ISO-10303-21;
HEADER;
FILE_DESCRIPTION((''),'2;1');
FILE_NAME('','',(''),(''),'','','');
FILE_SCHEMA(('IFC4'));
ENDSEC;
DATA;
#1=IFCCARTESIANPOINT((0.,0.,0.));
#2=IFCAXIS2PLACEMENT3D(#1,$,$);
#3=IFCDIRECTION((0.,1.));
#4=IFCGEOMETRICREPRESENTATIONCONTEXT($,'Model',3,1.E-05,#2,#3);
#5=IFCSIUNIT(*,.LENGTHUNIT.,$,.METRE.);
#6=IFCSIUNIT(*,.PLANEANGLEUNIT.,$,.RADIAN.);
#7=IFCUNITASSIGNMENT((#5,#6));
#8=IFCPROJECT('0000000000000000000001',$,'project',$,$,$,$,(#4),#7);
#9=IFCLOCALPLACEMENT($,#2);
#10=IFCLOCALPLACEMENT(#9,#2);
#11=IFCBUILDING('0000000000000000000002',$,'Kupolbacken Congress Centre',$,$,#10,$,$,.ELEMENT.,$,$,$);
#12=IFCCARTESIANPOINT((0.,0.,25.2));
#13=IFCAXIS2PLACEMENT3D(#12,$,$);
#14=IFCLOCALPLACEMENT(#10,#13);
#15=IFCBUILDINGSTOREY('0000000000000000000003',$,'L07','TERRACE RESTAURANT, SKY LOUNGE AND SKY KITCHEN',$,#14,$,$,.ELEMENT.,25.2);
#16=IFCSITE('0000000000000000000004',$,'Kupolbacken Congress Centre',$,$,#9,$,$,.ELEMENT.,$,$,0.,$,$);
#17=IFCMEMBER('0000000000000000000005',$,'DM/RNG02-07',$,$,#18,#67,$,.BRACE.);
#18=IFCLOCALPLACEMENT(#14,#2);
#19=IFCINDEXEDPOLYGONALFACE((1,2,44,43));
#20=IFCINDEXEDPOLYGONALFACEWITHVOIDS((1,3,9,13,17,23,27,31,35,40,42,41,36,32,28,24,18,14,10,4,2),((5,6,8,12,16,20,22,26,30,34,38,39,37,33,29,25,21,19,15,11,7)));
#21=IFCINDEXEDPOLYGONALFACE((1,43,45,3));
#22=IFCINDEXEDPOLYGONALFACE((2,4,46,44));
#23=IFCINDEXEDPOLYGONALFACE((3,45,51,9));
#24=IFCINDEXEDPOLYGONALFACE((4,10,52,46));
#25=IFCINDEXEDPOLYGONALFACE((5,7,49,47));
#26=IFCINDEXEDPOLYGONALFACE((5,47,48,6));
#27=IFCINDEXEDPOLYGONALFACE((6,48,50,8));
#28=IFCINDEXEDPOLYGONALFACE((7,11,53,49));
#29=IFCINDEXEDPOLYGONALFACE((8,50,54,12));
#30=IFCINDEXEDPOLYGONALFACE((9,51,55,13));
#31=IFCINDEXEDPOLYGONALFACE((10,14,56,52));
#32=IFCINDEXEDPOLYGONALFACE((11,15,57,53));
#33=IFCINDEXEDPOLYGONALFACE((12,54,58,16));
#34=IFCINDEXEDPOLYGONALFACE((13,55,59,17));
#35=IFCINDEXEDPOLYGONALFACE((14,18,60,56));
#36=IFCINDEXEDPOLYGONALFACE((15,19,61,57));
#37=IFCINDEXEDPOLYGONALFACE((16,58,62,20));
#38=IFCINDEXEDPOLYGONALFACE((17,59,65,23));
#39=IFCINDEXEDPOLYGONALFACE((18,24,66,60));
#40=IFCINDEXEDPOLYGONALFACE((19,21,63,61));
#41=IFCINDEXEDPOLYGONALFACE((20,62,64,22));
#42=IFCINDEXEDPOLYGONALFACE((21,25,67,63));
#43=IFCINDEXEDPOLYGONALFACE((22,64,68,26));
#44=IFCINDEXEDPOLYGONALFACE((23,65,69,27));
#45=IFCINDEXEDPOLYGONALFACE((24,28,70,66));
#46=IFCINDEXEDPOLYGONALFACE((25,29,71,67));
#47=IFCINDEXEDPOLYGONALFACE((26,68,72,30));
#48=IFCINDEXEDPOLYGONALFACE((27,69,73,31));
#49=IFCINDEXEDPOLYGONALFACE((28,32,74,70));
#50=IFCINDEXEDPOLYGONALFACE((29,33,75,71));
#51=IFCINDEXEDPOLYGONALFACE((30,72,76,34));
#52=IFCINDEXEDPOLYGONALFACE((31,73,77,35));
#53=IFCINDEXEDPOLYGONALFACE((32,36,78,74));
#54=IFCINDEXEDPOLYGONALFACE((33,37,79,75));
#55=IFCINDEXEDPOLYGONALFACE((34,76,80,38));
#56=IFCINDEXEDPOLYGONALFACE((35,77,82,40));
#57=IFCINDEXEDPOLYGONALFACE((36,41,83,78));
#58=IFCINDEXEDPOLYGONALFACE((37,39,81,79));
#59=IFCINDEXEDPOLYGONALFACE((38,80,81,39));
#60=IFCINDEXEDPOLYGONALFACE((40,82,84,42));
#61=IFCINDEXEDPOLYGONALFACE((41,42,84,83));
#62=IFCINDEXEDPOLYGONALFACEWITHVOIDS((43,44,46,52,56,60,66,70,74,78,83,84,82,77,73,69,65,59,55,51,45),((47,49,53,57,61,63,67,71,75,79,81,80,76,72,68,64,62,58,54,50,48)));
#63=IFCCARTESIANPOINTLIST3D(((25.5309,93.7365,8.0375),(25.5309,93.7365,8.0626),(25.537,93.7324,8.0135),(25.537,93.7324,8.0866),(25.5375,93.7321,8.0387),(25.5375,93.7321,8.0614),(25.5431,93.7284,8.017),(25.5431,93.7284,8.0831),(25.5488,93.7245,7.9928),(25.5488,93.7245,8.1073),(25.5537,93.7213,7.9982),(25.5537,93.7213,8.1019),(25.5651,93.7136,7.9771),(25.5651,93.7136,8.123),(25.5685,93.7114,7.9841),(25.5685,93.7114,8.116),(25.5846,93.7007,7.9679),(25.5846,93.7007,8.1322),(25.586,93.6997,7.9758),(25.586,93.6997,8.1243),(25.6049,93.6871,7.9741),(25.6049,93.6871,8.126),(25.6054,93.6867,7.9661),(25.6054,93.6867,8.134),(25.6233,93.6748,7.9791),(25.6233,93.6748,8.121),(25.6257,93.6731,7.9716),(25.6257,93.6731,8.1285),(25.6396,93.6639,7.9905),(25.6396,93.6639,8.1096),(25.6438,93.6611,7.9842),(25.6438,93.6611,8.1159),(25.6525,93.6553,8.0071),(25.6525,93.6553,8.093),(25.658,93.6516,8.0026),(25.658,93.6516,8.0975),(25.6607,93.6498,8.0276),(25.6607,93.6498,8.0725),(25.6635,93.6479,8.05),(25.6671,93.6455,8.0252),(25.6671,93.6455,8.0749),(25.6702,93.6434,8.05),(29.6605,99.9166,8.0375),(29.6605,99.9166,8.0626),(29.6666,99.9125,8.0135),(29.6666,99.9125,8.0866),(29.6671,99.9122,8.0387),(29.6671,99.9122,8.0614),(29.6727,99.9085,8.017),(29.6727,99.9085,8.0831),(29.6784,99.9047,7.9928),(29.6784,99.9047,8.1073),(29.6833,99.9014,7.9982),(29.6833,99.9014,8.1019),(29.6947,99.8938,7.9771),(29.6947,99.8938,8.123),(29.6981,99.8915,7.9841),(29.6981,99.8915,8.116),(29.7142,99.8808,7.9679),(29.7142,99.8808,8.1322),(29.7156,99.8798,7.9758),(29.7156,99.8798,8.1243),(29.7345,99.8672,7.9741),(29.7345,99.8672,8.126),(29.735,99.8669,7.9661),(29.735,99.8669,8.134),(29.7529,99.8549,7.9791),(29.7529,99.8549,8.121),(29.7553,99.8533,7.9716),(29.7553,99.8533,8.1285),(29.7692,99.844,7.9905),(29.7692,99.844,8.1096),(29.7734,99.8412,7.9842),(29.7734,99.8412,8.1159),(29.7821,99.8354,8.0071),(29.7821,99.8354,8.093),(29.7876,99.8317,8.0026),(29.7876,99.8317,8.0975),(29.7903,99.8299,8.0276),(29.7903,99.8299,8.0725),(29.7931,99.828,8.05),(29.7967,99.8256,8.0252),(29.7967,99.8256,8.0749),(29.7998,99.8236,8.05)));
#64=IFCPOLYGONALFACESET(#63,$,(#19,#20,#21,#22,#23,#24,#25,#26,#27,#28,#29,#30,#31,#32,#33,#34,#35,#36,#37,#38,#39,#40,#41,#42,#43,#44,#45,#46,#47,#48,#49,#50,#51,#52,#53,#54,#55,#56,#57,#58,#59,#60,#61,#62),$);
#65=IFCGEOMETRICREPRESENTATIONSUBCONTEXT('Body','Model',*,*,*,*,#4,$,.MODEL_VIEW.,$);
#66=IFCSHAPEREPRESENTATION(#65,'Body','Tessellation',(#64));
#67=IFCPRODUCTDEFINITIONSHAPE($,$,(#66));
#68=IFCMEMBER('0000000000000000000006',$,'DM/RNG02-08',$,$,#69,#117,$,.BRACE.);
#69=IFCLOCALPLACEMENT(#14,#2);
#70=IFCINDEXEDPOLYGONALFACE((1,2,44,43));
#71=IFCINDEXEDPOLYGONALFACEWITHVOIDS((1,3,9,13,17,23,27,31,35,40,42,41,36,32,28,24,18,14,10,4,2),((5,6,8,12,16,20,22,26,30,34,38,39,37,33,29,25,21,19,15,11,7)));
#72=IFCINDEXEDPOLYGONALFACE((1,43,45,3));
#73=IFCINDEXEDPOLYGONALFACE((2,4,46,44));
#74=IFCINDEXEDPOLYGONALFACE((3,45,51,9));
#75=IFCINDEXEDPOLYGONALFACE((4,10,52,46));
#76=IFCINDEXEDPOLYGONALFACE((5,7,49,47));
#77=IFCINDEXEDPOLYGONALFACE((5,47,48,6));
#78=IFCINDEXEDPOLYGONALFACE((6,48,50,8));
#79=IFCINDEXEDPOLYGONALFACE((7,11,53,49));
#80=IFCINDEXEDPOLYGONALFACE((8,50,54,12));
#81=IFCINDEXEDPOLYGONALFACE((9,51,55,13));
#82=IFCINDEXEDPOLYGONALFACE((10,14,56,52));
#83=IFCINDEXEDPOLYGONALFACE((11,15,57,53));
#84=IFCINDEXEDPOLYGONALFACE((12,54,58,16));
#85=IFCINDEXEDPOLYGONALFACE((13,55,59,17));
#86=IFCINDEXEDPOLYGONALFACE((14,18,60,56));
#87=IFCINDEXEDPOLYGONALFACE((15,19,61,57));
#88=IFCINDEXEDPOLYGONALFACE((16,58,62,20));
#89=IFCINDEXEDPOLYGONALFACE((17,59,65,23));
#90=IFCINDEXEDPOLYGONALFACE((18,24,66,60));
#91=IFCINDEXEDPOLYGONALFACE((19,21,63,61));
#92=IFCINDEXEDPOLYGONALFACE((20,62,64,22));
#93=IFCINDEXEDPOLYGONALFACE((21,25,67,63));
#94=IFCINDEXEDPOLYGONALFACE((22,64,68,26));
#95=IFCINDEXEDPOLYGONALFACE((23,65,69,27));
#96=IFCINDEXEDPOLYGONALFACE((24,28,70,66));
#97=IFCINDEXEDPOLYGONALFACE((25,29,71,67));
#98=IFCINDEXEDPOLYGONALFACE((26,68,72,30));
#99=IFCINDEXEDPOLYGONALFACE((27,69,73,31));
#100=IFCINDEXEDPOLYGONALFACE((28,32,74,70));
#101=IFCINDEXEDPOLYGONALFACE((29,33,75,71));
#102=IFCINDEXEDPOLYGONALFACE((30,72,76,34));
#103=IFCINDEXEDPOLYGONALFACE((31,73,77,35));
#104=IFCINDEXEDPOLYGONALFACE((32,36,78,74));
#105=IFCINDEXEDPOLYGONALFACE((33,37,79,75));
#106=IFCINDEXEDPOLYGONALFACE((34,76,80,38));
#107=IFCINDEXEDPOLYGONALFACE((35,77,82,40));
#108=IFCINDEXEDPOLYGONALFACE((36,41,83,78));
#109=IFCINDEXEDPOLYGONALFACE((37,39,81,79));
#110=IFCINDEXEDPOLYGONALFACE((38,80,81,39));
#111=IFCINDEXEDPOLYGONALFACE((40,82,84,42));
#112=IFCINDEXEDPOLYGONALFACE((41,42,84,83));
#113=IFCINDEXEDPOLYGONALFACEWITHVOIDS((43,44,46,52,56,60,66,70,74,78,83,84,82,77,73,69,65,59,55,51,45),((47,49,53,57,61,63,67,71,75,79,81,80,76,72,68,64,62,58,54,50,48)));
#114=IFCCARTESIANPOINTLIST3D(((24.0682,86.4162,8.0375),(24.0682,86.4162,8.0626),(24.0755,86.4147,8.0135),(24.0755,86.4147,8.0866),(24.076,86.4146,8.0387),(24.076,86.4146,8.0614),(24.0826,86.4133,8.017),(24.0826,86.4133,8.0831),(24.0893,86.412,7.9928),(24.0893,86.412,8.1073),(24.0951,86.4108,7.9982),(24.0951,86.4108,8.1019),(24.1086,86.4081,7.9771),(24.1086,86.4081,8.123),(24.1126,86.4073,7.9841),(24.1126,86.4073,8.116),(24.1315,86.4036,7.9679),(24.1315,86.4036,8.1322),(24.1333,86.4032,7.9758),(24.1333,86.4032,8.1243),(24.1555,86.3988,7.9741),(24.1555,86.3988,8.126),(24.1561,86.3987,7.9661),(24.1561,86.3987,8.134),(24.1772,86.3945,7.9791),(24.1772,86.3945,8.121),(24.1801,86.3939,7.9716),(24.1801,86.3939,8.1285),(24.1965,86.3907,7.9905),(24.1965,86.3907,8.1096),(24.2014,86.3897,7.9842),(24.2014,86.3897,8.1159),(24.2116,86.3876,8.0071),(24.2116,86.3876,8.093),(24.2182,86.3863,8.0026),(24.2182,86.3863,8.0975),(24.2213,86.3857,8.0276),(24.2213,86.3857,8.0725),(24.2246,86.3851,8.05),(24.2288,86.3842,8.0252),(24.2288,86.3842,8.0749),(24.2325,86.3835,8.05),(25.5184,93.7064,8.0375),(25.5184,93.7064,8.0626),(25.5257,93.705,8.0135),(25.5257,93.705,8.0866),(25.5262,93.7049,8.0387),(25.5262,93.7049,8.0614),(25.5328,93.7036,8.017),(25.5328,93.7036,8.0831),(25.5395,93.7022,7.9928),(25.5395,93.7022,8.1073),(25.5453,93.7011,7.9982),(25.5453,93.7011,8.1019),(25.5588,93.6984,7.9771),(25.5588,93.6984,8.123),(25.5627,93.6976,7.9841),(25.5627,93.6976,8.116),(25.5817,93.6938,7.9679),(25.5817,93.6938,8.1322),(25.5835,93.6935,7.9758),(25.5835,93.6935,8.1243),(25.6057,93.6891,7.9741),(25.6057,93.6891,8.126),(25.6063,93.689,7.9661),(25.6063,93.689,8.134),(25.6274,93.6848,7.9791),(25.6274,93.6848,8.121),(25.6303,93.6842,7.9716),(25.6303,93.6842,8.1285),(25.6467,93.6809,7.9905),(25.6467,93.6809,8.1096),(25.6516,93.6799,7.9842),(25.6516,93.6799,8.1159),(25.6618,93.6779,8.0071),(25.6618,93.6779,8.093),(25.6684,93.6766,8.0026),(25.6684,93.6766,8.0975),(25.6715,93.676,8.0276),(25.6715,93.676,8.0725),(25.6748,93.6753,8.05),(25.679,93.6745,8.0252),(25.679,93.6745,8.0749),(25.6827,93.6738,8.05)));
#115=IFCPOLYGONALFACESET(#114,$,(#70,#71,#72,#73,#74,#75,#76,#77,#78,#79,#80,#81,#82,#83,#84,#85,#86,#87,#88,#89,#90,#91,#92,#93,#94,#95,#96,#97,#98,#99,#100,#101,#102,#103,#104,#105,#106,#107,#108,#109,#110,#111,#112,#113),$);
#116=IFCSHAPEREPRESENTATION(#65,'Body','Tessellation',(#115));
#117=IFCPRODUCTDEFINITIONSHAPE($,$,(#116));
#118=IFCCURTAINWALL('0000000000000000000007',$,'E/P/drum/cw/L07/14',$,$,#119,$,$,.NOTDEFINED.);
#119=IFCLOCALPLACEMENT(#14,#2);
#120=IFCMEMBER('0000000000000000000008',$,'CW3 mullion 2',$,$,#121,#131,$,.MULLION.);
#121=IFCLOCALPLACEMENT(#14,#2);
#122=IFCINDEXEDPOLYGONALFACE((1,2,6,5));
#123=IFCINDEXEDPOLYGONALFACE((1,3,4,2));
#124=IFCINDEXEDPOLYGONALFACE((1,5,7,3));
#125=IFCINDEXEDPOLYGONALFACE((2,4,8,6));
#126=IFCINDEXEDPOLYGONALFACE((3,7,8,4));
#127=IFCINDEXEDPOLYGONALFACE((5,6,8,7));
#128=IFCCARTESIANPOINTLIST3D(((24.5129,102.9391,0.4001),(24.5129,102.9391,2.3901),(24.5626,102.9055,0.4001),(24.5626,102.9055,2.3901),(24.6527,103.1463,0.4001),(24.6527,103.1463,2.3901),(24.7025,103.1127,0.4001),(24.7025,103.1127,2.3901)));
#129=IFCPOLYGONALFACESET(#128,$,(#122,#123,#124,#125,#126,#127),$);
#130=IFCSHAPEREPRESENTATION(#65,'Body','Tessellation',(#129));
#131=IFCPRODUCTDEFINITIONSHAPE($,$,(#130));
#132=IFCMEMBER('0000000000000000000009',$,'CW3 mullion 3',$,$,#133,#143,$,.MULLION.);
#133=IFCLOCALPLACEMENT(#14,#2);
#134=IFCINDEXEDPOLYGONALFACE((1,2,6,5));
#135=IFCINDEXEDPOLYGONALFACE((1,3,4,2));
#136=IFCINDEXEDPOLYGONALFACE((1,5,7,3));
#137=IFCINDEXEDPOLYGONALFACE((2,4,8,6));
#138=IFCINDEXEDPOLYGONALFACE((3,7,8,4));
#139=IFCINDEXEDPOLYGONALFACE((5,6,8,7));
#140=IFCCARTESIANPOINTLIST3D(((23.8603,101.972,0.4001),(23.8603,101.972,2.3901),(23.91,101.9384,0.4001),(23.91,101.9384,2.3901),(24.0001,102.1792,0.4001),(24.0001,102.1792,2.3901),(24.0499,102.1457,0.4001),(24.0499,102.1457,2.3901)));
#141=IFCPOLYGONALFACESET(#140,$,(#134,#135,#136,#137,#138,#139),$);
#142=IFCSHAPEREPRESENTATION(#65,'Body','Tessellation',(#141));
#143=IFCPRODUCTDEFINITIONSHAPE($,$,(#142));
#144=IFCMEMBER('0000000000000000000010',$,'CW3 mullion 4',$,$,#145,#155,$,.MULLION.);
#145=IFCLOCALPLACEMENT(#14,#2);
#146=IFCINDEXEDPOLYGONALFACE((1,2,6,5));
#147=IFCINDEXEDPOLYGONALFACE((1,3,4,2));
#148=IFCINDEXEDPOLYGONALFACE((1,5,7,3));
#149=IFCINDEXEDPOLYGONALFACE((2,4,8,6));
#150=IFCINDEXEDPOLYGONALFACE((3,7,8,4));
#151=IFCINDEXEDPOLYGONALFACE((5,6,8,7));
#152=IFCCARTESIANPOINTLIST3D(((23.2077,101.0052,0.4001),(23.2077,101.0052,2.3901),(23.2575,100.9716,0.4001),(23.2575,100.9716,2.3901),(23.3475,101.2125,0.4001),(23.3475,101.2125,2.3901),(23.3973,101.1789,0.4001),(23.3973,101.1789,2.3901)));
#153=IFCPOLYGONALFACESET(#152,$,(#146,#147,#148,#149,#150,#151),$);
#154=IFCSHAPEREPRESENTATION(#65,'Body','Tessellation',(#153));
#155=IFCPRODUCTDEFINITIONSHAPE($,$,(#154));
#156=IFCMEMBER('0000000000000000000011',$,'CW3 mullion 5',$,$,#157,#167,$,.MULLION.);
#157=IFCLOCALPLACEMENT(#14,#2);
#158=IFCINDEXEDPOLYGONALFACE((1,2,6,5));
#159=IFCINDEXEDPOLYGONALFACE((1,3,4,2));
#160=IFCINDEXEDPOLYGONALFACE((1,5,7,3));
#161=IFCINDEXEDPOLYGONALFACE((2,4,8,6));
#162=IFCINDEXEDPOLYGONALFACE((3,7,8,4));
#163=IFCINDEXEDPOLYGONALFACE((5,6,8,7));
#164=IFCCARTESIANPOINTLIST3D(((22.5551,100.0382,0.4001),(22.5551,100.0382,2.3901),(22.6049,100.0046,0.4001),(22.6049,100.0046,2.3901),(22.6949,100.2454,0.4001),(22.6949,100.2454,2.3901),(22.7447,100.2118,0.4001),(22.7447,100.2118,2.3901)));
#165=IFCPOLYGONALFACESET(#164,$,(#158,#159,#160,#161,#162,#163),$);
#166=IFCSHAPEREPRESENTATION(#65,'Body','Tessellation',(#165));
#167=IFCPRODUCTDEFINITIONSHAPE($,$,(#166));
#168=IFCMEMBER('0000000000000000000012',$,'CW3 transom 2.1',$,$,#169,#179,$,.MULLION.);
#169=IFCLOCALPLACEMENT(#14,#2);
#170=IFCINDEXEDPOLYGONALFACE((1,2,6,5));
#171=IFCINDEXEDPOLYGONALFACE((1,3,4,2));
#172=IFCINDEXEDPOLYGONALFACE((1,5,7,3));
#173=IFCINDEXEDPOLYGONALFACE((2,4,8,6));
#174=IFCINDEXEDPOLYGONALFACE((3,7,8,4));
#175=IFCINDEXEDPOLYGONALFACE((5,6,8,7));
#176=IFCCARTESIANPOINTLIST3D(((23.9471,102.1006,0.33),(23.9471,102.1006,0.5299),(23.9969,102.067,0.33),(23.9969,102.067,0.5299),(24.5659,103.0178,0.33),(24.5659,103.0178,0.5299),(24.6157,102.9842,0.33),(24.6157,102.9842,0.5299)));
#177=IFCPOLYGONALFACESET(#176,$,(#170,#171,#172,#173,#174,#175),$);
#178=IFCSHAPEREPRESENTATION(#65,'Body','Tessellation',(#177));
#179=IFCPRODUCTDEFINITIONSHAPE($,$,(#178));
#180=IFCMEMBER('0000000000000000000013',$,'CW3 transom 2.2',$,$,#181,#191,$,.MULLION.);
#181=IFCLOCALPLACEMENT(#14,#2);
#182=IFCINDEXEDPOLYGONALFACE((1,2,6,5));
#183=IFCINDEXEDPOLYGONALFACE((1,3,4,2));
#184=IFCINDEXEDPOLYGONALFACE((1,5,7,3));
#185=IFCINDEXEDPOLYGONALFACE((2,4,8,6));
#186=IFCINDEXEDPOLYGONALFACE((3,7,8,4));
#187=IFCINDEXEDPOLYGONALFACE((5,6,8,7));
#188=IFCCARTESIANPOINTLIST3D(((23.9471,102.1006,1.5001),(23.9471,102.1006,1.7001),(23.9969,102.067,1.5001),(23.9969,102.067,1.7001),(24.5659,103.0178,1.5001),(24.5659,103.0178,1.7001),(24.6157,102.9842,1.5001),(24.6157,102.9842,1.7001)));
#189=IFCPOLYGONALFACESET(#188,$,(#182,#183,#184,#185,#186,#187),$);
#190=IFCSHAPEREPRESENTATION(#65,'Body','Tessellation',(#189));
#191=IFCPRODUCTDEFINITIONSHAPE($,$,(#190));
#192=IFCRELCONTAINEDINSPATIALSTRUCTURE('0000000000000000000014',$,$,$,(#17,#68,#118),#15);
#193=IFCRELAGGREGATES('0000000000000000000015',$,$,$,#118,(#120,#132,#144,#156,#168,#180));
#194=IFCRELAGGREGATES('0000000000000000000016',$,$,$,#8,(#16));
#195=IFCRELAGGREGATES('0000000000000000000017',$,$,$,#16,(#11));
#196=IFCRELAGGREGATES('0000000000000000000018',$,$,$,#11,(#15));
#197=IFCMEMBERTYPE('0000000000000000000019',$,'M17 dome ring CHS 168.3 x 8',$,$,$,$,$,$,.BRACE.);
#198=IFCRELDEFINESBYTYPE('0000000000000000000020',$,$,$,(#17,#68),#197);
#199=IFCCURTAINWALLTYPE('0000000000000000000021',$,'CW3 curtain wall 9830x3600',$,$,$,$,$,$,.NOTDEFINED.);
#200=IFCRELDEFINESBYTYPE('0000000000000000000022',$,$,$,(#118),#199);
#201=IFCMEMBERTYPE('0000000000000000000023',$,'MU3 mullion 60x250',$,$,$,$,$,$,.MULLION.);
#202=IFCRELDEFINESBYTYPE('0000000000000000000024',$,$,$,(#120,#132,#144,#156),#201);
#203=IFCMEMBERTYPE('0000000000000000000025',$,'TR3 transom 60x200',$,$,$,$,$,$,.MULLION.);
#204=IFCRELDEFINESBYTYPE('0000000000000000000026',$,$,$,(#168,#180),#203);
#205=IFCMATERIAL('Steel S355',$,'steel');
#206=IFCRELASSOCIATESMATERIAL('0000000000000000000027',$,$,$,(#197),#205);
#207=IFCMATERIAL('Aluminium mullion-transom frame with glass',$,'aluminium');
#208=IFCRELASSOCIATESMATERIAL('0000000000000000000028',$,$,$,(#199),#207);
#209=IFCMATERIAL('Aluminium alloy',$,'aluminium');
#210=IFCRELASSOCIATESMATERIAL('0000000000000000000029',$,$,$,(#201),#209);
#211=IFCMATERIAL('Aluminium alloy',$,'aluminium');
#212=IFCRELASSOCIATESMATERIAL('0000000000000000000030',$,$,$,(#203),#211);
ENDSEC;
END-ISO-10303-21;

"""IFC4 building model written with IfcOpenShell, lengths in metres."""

from ifc_helpers import new_model, si_unit, direction, frame, origin, origin_2d, place, context, subcontext, project, spatial, rectangle, hollow_circle, extrude, material, material_profile, profile_set, type_object, element, aggregate, save


model = new_model("IFC4")

# Units and contexts
model_context = context("Model", 3, precision=1e-05, world=origin(), true_north=direction((0.0, 1.0)))
body_context = subcontext(model_context, "Body", "Model", "MODEL_VIEW")
ifc_project = project(units=[si_unit("LENGTHUNIT", "METRE"), si_unit("PLANEANGLEUNIT", "RADIAN")], contexts=[model_context])

# Site, building, storey
site_placement = place(None, origin())
site = spatial("IfcSite", under=ifc_project, at=site_placement, Name="Kupolbacken Congress Centre", CompositionType="ELEMENT", RefElevation=0.0)
building_placement = place(site_placement, origin())
building = spatial("IfcBuilding", under=site, at=building_placement, Name="Kupolbacken Congress Centre", CompositionType="ELEMENT")
storey_placement = place(building_placement, frame((0.0, 0.0, 25.2)))
storey = spatial("IfcBuildingStorey", under=building, at=storey_placement, Name="L07", Description="TERRACE RESTAURANT, SKY LOUNGE AND SKY KITCHEN", CompositionType="ELEMENT", Elevation=25.2)

# Members
ifc_material_1 = material(Name="Steel S355", Category="steel")
ifc_material_profile_1 = material_profile(ifc_material_1, hollow_circle(Radius=0.0842, WallThickness=0.0081, at=origin_2d()), Name="CHS 168.3 x 8")
ifc_profile_set_1 = profile_set([ifc_material_profile_1], Name="Steel S355")
member_type_1 = type_object("IfcMemberType", Name="M17 dome ring CHS 168.3 x 8", PredefinedType="BRACE", material=ifc_profile_set_1)
member_1_placement = place(storey_placement, frame((29.7297, 99.8704, 8.05), z_axis=(-0.555587, -0.831459, 0.0), x_axis=(0.831459, -0.555587, 0.0)))
element("IfcMember", 1, at=member_1_placement, inside=storey, type_object=member_type_1, Name="DM/RNG02-07", PredefinedType="BRACE", context=body_context, shape_type="SweptSolid", body=[
    extrude(hollow_circle(Radius=0.0842, WallThickness=0.0081, at=origin_2d()), origin(), (0.0, 0.0, 1.0), 7.4329),
])
member_2_placement = place(storey_placement, frame((25.6001, 93.6902, 8.05), z_axis=(-0.195099, -0.980784, 0.0), x_axis=(0.980784, -0.195099, 0.0)))
element("IfcMember", 2, at=member_2_placement, inside=storey, type_object=member_type_1, Name="DM/RNG02-08", PredefinedType="BRACE", context=body_context, shape_type="SweptSolid", body=[
    extrude(hollow_circle(Radius=0.0842, WallThickness=0.0081, at=origin_2d()), origin(), (0.0, 0.0, 1.0), 7.4331),
])

# Curtain wall, members
ifc_material_2 = material(Name="Aluminium mullion-transom frame with glass", Category="aluminium")
curtain_wall_type = type_object("IfcCurtainWallType", Name="CW3 curtain wall 9830x3600", PredefinedType="NOTDEFINED", material=ifc_material_2)
curtain_wall_placement = place(storey_placement, origin())
curtain_wall = element("IfcCurtainWall", 3, at=curtain_wall_placement, inside=storey, type_object=curtain_wall_type, Name="E/P/drum/cw/L07/14", PredefinedType="NOTDEFINED")
ifc_material_3 = material(Name="Aluminium alloy", Category="aluminium")
ifc_material_profile_2 = material_profile(ifc_material_3, rectangle(XDim=0.0601, YDim=0.25, at=origin_2d()), Name="60 x 250")
ifc_profile_set_2 = profile_set([ifc_material_profile_2], Name="Aluminium alloy")
member_type_2 = type_object("IfcMemberType", Name="MU3 mullion 60x250", PredefinedType="MULLION", material=ifc_profile_set_2)
member_3_placement = place(storey_placement, frame((24.6077, 103.0259, 0.4001), z_axis=(0.0, 0.0, 1.0), x_axis=(0.828908, -0.559386, 0.0)))
member_3 = element("IfcMember", 4, at=member_3_placement, type_object=member_type_2, Name="CW3 mullion 2", PredefinedType="MULLION", context=body_context, shape_type="SweptSolid", body=[
    extrude(rectangle(XDim=0.0601, YDim=0.25, at=origin_2d()), origin(), (0.0, 0.0, 1.0), 1.99),
])
member_4_placement = place(storey_placement, frame((23.9551, 102.0588, 0.4001), z_axis=(0.0, 0.0, 1.0), x_axis=(0.828908, -0.559386, 0.0)))
member_4 = element("IfcMember", 5, at=member_4_placement, type_object=member_type_2, Name="CW3 mullion 3", PredefinedType="MULLION", context=body_context, shape_type="SweptSolid", body=[
    extrude(rectangle(XDim=0.0601, YDim=0.25, at=origin_2d()), origin(), (0.0, 0.0, 1.0), 1.99),
])
member_5_placement = place(storey_placement, frame((23.3025, 101.092, 0.4001), z_axis=(0.0, 0.0, 1.0), x_axis=(0.828908, -0.559386, 0.0)))
member_5 = element("IfcMember", 6, at=member_5_placement, type_object=member_type_2, Name="CW3 mullion 4", PredefinedType="MULLION", context=body_context, shape_type="SweptSolid", body=[
    extrude(rectangle(XDim=0.0601, YDim=0.25, at=origin_2d()), origin(), (0.0, 0.0, 1.0), 1.99),
])
member_6_placement = place(storey_placement, frame((22.6499, 100.125, 0.4001), z_axis=(0.0, 0.0, 1.0), x_axis=(0.828908, -0.559386, 0.0)))
member_6 = element("IfcMember", 7, at=member_6_placement, type_object=member_type_2, Name="CW3 mullion 5", PredefinedType="MULLION", context=body_context, shape_type="SweptSolid", body=[
    extrude(rectangle(XDim=0.0601, YDim=0.25, at=origin_2d()), origin(), (0.0, 0.0, 1.0), 1.99),
])
ifc_material_4 = material(Name="Aluminium alloy", Category="aluminium")
ifc_material_profile_3 = material_profile(ifc_material_4, rectangle(XDim=0.0601, YDim=0.2, at=origin_2d()), Name="60 x 200")
ifc_profile_set_3 = profile_set([ifc_material_profile_3], Name="Aluminium alloy")
member_type_3 = type_object("IfcMemberType", Name="TR3 transom 60x200", PredefinedType="MULLION", material=ifc_profile_set_3)
member_7_placement = place(storey_placement, frame((24.5908, 103.001, 0.4299), z_axis=(-0.559325, -0.828948, 0.0), x_axis=(0.828948, -0.559325, 0.0)))
member_7 = element("IfcMember", 8, at=member_7_placement, type_object=member_type_3, Name="CW3 transom 2.1", PredefinedType="MULLION", context=body_context, shape_type="SweptSolid", body=[
    extrude(rectangle(XDim=0.0601, YDim=0.2, at=origin_2d()), origin(), (0.0, 0.0, 1.0), 1.1064),
])
member_8_placement = place(storey_placement, frame((24.5908, 103.001, 1.6001), z_axis=(-0.559325, -0.828948, 0.0), x_axis=(0.828948, -0.559325, 0.0)))
member_8 = element("IfcMember", 9, at=member_8_placement, type_object=member_type_3, Name="CW3 transom 2.2", PredefinedType="MULLION", context=body_context, shape_type="SweptSolid", body=[
    extrude(rectangle(XDim=0.0601, YDim=0.2, at=origin_2d()), origin(), (0.0, 0.0, 1.0), 1.1064),
])
aggregate(curtain_wall, [member_3, member_4, member_5, member_6, member_7, member_8])

save(model, "model.ifc")
